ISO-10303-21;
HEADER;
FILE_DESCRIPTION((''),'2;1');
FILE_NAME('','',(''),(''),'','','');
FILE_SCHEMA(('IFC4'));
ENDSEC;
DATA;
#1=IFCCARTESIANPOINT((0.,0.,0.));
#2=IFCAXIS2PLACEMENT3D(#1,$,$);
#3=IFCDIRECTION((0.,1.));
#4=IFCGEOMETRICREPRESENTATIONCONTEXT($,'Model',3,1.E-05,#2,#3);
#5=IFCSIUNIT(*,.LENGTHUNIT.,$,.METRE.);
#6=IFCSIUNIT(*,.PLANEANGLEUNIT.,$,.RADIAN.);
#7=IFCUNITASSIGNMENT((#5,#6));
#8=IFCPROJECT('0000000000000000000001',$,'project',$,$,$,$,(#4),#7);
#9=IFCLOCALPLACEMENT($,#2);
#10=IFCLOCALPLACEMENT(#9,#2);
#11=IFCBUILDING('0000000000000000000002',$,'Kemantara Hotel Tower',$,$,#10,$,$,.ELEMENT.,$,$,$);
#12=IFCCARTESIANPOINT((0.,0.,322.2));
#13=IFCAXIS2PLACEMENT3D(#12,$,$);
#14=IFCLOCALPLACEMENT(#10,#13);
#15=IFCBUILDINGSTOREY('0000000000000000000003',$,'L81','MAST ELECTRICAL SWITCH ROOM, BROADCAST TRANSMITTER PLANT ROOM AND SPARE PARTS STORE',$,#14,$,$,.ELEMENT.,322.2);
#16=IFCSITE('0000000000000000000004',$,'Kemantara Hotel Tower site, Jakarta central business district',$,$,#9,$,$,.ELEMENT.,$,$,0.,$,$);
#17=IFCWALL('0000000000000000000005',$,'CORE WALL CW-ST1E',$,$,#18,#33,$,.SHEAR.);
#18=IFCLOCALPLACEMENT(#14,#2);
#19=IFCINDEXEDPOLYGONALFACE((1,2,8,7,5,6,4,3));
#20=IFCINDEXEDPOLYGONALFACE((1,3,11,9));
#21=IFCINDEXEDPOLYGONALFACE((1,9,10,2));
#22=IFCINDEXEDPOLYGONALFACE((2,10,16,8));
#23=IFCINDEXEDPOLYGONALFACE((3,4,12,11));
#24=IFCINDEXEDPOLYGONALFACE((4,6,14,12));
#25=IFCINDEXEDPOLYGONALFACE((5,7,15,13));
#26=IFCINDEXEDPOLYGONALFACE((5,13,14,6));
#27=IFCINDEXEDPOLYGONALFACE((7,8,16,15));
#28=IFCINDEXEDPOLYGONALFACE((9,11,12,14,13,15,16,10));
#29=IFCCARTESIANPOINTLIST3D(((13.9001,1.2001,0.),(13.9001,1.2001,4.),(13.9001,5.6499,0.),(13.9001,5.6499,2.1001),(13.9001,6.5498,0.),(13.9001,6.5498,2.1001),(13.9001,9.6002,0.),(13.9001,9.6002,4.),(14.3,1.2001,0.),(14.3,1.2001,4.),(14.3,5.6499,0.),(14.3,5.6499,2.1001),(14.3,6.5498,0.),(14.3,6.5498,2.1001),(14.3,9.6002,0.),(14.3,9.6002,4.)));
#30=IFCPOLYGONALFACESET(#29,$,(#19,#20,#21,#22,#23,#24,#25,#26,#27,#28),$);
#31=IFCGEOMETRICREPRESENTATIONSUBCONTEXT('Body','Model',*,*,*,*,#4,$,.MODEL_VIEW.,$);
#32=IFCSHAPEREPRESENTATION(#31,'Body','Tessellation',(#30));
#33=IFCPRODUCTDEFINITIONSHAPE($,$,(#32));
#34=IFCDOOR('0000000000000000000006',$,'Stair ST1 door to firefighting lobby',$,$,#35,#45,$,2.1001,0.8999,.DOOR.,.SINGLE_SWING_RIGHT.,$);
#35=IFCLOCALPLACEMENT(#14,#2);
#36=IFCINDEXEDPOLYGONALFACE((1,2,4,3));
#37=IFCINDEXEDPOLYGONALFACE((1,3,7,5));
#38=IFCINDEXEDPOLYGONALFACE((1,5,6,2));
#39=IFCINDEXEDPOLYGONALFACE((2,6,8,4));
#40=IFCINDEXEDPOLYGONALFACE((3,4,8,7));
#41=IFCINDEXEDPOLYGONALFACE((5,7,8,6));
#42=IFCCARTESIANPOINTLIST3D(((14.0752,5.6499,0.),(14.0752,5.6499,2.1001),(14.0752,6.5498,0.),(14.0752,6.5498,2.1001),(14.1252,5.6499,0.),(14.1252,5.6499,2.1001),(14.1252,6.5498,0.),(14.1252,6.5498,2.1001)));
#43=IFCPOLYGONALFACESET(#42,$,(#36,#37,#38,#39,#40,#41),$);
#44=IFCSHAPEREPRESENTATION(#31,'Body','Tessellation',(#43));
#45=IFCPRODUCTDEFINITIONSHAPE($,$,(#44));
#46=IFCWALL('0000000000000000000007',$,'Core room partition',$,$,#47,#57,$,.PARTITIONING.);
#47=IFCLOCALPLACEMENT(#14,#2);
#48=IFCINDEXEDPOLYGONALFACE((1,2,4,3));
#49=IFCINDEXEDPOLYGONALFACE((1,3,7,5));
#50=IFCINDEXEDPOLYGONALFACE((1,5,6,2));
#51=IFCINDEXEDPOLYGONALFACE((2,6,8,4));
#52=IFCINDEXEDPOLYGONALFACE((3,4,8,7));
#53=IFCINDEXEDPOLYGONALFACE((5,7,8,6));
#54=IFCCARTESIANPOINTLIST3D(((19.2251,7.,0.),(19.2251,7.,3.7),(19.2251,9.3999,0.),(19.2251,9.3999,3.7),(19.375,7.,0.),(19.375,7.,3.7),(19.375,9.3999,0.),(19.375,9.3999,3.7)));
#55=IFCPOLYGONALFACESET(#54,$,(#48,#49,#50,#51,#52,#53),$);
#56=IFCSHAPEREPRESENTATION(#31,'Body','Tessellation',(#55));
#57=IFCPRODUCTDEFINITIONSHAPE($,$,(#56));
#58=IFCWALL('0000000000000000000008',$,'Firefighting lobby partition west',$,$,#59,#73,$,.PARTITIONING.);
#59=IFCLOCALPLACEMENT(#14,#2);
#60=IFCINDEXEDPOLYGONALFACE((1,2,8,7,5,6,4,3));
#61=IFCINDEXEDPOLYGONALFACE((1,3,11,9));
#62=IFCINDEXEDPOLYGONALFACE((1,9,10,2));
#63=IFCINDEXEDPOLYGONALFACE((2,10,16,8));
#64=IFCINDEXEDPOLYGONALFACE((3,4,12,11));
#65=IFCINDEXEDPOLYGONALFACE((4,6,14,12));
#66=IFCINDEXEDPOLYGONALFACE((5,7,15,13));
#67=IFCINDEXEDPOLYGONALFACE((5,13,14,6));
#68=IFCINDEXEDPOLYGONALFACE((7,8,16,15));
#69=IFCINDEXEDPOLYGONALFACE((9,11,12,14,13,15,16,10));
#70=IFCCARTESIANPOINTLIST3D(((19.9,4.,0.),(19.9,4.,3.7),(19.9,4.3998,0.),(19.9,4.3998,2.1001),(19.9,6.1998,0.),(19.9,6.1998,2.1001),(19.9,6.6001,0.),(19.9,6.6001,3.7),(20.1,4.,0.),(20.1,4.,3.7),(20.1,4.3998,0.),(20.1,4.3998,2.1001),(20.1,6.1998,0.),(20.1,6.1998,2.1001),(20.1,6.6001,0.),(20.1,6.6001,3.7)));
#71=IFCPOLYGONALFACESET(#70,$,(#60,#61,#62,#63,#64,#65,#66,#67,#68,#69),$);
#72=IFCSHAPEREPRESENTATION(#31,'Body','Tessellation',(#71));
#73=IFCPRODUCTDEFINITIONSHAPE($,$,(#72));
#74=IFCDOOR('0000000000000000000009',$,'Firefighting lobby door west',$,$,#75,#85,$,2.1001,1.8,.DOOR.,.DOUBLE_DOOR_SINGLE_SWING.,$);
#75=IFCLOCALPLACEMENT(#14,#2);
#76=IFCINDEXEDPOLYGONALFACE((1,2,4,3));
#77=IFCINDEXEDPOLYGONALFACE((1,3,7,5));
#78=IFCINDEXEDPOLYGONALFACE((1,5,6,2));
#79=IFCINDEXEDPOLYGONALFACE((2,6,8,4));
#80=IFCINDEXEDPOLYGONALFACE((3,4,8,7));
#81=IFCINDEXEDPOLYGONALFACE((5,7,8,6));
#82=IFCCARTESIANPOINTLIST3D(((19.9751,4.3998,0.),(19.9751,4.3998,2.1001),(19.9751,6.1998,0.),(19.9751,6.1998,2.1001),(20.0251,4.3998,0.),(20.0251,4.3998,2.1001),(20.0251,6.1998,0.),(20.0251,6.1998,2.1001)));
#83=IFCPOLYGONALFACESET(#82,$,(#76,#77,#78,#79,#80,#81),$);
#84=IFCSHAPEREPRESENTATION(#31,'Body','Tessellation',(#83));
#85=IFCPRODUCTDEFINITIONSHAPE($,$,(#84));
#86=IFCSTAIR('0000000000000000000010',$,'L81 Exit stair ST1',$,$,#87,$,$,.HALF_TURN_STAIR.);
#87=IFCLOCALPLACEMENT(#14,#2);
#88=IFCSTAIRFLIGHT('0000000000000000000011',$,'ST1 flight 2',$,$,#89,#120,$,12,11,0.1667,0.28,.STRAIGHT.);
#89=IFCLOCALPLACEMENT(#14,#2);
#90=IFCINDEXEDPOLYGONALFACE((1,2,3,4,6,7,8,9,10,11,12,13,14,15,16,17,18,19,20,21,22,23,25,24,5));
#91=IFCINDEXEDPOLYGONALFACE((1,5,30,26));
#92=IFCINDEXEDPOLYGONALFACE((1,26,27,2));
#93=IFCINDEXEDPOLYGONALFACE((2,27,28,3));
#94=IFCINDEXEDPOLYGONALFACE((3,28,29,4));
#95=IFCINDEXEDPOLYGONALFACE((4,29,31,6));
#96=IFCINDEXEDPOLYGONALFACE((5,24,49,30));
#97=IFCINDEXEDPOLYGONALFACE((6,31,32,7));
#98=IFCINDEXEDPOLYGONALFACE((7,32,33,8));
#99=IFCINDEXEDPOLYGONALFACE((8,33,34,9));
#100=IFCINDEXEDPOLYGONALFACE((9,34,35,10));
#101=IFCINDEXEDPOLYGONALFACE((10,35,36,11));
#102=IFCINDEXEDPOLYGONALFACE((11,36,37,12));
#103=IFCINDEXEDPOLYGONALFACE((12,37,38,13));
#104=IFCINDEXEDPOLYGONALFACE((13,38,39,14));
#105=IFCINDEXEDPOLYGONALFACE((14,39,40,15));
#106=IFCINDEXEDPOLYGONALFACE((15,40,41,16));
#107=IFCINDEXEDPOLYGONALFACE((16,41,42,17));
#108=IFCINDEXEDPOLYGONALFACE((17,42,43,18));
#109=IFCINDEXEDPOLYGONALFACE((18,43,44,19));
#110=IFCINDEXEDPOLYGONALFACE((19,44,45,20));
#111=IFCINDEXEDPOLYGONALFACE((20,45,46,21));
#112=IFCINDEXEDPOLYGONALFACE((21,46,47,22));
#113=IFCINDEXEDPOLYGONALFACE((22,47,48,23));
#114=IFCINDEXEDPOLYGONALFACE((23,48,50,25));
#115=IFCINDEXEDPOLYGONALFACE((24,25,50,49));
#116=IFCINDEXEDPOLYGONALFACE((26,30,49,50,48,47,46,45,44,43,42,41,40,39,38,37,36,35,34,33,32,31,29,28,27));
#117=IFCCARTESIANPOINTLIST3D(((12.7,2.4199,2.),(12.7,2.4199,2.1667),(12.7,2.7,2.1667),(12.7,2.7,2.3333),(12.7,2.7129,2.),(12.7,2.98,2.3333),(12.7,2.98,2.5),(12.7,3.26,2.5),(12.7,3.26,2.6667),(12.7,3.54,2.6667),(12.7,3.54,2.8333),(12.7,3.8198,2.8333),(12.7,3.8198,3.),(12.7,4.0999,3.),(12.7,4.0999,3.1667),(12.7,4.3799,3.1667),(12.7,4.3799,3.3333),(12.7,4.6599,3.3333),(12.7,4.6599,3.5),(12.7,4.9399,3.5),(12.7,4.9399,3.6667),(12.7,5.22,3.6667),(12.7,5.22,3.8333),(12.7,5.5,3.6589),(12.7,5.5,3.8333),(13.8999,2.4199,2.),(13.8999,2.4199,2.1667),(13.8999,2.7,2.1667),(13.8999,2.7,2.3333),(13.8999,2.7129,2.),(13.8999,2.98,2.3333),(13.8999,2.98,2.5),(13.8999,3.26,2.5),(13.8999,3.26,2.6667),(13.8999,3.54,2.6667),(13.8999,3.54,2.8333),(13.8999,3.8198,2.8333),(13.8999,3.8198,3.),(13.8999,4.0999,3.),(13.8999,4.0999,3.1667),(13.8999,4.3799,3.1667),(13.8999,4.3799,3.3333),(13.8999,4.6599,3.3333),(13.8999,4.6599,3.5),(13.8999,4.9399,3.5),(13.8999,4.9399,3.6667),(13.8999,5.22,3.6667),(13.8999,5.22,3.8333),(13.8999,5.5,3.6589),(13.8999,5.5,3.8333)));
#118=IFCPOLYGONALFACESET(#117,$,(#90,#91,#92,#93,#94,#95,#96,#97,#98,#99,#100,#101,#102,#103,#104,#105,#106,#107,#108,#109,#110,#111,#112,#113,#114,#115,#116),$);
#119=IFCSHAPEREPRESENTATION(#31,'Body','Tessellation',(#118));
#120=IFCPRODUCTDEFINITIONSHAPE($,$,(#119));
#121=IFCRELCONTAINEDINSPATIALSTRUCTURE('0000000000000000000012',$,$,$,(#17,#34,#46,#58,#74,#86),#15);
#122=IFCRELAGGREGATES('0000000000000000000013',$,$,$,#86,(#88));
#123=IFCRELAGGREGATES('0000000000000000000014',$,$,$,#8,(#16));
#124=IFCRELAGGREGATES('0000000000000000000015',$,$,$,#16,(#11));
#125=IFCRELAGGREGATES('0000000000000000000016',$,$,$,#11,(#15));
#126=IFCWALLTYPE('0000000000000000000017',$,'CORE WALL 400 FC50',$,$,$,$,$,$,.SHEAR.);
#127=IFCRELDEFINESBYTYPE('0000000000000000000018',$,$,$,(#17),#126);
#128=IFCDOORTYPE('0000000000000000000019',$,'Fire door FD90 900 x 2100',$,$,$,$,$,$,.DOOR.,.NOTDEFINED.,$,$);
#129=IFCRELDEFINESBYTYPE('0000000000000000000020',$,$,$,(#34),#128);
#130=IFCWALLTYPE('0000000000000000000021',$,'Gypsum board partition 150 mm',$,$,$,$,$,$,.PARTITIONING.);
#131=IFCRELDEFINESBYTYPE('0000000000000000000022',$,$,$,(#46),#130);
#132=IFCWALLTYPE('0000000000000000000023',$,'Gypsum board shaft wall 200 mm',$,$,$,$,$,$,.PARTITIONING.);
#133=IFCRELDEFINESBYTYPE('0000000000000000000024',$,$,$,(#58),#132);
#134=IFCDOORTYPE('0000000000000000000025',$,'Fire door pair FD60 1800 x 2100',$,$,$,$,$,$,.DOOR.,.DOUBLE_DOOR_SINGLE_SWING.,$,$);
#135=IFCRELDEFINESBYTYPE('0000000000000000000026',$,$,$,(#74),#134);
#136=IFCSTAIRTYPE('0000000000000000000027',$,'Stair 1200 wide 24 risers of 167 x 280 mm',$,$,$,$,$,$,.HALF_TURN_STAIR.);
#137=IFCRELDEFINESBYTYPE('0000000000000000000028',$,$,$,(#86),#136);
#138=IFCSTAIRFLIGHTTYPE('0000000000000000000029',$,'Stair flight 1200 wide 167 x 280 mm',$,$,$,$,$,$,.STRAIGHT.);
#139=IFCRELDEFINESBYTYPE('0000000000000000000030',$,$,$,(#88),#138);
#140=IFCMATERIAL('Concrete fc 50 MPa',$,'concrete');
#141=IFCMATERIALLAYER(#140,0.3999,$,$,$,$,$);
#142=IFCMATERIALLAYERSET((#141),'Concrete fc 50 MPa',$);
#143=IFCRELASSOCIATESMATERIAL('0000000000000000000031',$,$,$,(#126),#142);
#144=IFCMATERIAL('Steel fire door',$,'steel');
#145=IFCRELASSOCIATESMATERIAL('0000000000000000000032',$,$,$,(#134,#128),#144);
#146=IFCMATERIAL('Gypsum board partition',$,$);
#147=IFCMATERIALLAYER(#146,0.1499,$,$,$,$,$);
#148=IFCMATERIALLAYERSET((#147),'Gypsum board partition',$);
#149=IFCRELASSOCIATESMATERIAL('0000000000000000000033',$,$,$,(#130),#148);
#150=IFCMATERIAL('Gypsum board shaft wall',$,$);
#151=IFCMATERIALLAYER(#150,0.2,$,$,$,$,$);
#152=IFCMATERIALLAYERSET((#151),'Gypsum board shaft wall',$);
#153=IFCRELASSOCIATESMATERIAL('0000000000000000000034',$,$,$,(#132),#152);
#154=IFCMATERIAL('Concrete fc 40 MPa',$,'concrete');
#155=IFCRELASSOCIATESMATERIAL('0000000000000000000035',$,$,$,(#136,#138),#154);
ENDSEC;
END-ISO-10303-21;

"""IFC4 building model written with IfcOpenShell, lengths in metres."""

from ifc_helpers import new_model, si_unit, direction, frame, frame_2d, origin, place, context, subcontext, project, spatial, polyline, rectangle, outline, extrude, material, layer, layer_set, type_object, element, fill, aggregate, save


model = new_model("IFC4")

# Units and contexts
model_context = context("Model", 3, precision=1e-05, world=origin(), true_north=direction((0.0, 1.0)))
body_context = subcontext(model_context, "Body", "Model", "MODEL_VIEW")
ifc_project = project(units=[si_unit("LENGTHUNIT", "METRE"), si_unit("PLANEANGLEUNIT", "RADIAN")], contexts=[model_context])

# Site, building, storey
site_placement = place(None, origin())
site = spatial("IfcSite", under=ifc_project, at=site_placement, Name="Kemantara Hotel Tower site, Jakarta central business district", CompositionType="ELEMENT", RefElevation=0.0)
building_placement = place(site_placement, origin())
building = spatial("IfcBuilding", under=site, at=building_placement, Name="Kemantara Hotel Tower", CompositionType="ELEMENT")
storey_placement = place(building_placement, frame((0.0, 0.0, 322.2)))
storey = spatial("IfcBuildingStorey", under=building, at=storey_placement, Name="L81", Description="MAST ELECTRICAL SWITCH ROOM, BROADCAST TRANSMITTER PLANT ROOM AND SPARE PARTS STORE", CompositionType="ELEMENT", Elevation=322.2)

# Shared definitions
ifc_material_1 = material(Name="Concrete fc 50 MPa", Category="concrete")

# Shared definitions
ifc_layer_1 = layer(ifc_material_1, 0.3999)
ifc_layer_set_1 = layer_set([ifc_layer_1], Name="Concrete fc 50 MPa")
wall_type_1 = type_object("IfcWallType", Name="CORE WALL 400 FC50", PredefinedType="SHEAR", material=ifc_layer_set_1)
ifc_material_2 = material(Name="Steel fire door", Category="steel")
door_type_1 = type_object("IfcDoorType", Name="Fire door pair FD60 1800 x 2100", OperationType="DOUBLE_DOOR_SINGLE_SWING", PredefinedType="DOOR", material=ifc_material_2)

# Wall, opening, door
wall_1_placement = place(storey_placement, frame((14.1001, 1.2, 0.0), z_axis=(0.0, 0.0, 1.0), x_axis=(0.0, 1.0, 0.0)))
wall_1 = element("IfcWall", 1, at=wall_1_placement, inside=storey, type_object=wall_type_1, Name="CORE WALL CW-ST1E", PredefinedType="SHEAR", context=body_context, shape_type="SweptSolid", body=[
    extrude(rectangle(XDim=8.4001, YDim=0.3999, at=frame_2d((4.2002, 0.0))), origin(), (0.0, 0.0, 1.0), 4.0),
])
opening_1_placement = place(wall_1_placement, frame((4.45, 0.0, 0.0)))
opening_1 = element("IfcOpeningElement", 2, at=opening_1_placement, cuts=wall_1, PredefinedType="OPENING", context=body_context, shape_type="SweptSolid", body=[
    extrude(rectangle(XDim=0.8999, YDim=2.1001, at=frame_2d((0.45, 1.05))), frame((0.0, 0.21, 0.0), z_axis=(0.0, -1.0, 0.0), x_axis=(1.0, 0.0, 0.0)), (0.0, 0.0, 1.0), 0.4199),
])
door_type_2 = type_object("IfcDoorType", Name="Fire door FD90 900 x 2100", OperationType="NOTDEFINED", PredefinedType="DOOR", material=ifc_material_2)
door_1_placement = place(opening_1_placement, origin())
door_1 = element("IfcDoor", 3, at=door_1_placement, inside=storey, type_object=door_type_2, Name="Stair ST1 door to firefighting lobby", OperationType="SINGLE_SWING_RIGHT", OverallHeight=2.1001, OverallWidth=0.8999, PredefinedType="DOOR", context=body_context, shape_type="SweptSolid", body=[
    extrude(rectangle(XDim=0.8999, YDim=2.1001, at=frame_2d((0.45, 1.05))), frame((0.0, 0.0249, 0.0), z_axis=(0.0, -1.0, 0.0), x_axis=(1.0, 0.0, 0.0)), (0.0, 0.0, 1.0), 0.05),
])
fill(opening_1, door_1)

# Wall
ifc_material_3 = material(Name="Gypsum board partition")
ifc_layer_2 = layer(ifc_material_3, 0.1499)
ifc_layer_set_2 = layer_set([ifc_layer_2], Name="Gypsum board partition")
wall_type_2 = type_object("IfcWallType", Name="Gypsum board partition 150 mm", PredefinedType="PARTITIONING", material=ifc_layer_set_2)
wall_2_placement = place(storey_placement, frame((19.3, 7.0, 0.0), z_axis=(0.0, 0.0, 1.0), x_axis=(0.0, 1.0, 0.0)))
element("IfcWall", 4, at=wall_2_placement, inside=storey, type_object=wall_type_2, Name="Core room partition", PredefinedType="PARTITIONING", context=body_context, shape_type="SweptSolid", body=[
    extrude(rectangle(XDim=2.3999, YDim=0.1499, at=frame_2d((1.2, 0.0))), origin(), (0.0, 0.0, 1.0), 3.7),
])

# Wall, opening, door
ifc_material_4 = material(Name="Gypsum board shaft wall")
ifc_layer_3 = layer(ifc_material_4, 0.2)
ifc_layer_set_3 = layer_set([ifc_layer_3], Name="Gypsum board shaft wall")
wall_type_3 = type_object("IfcWallType", Name="Gypsum board shaft wall 200 mm", PredefinedType="PARTITIONING", material=ifc_layer_set_3)
wall_3_placement = place(storey_placement, frame((20.0, 4.0, 0.0), z_axis=(0.0, 0.0, 1.0), x_axis=(0.0, 1.0, 0.0)))
wall_3 = element("IfcWall", 5, at=wall_3_placement, inside=storey, type_object=wall_type_3, Name="Firefighting lobby partition west", PredefinedType="PARTITIONING", context=body_context, shape_type="SweptSolid", body=[
    extrude(rectangle(XDim=2.6001, YDim=0.2, at=frame_2d((1.3, 0.0))), origin(), (0.0, 0.0, 1.0), 3.7),
])
opening_2_placement = place(wall_3_placement, frame((0.3999, 0.0, 0.0)))
opening_2 = element("IfcOpeningElement", 6, at=opening_2_placement, cuts=wall_3, PredefinedType="OPENING", context=body_context, shape_type="SweptSolid", body=[
    extrude(rectangle(XDim=1.8, YDim=2.1001, at=frame_2d((0.8999, 1.05))), frame((0.0, 0.1099, 0.0), z_axis=(0.0, -1.0, 0.0), x_axis=(1.0, 0.0, 0.0)), (0.0, 0.0, 1.0), 0.22),
])
door_2_placement = place(opening_2_placement, origin())
door_2 = element("IfcDoor", 7, at=door_2_placement, inside=storey, type_object=door_type_1, Name="Firefighting lobby door west", OperationType="DOUBLE_DOOR_SINGLE_SWING", OverallHeight=2.1001, OverallWidth=1.8, PredefinedType="DOOR", context=body_context, shape_type="SweptSolid", body=[
    extrude(rectangle(XDim=1.8, YDim=2.1001, at=frame_2d((0.8999, 1.05))), frame((0.0, 0.0249, 0.0), z_axis=(0.0, -1.0, 0.0), x_axis=(1.0, 0.0, 0.0)), (0.0, 0.0, 1.0), 0.05),
])
fill(opening_2, door_2)

# Stair, stair flight
ifc_material_5 = material(Name="Concrete fc 40 MPa", Category="concrete")
stair_type = type_object("IfcStairType", Name="Stair 1200 wide 24 risers of 167 x 280 mm", PredefinedType="HALF_TURN_STAIR", material=ifc_material_5)
stair_placement = place(storey_placement, origin())
stair = element("IfcStair", 8, at=stair_placement, inside=storey, type_object=stair_type, Name="L81 Exit stair ST1", PredefinedType="HALF_TURN_STAIR")
stair_flight_type = type_object("IfcStairFlightType", Name="Stair flight 1200 wide 167 x 280 mm", PredefinedType="STRAIGHT", material=ifc_material_5)
stair_flight_placement = place(storey_placement, frame((13.3, 2.4199, 2.0), z_axis=(0.0, 0.0, 1.0), x_axis=(0.0, 1.0, 0.0)))
stair_flight = element("IfcStairFlight", 9, at=stair_flight_placement, type_object=stair_flight_type, Name="ST1 flight 2", NumberOfRisers=12, NumberOfTreads=11, PredefinedType="STRAIGHT", RiserHeight=0.1667, TreadLength=0.28, context=body_context, shape_type="SweptSolid", body=[
    extrude(outline(polyline([(0.0, 0.0), (0.0, 0.1667), (0.28, 0.1667), (0.28, 0.3333), (0.5601, 0.3333), (0.5601, 0.5), (0.8401, 0.5), (0.8401, 0.6667), (1.1201, 0.6667), (1.1201, 0.8333), (1.3999, 0.8333), (1.3999, 1.0), (1.6799, 1.0), (1.6799, 1.1667), (1.96, 1.1667), (1.96, 1.3333), (2.24, 1.3333), (2.24, 1.5), (2.52, 1.5), (2.52, 1.6667), (2.8, 1.6667), (2.8, 1.8333), (3.0801, 1.8333), (3.0801, 2.0), (3.0801, 1.6589), (0.293, 0.0), (0.0, 0.0)])), frame((0.0, 0.6001, 0.0), z_axis=(0.0, -1.0, 0.0), x_axis=(1.0, 0.0, 0.0)), (0.0, 0.0, 1.0), 1.2),
])
aggregate(stair, [stair_flight])

save(model, "model.ifc")
